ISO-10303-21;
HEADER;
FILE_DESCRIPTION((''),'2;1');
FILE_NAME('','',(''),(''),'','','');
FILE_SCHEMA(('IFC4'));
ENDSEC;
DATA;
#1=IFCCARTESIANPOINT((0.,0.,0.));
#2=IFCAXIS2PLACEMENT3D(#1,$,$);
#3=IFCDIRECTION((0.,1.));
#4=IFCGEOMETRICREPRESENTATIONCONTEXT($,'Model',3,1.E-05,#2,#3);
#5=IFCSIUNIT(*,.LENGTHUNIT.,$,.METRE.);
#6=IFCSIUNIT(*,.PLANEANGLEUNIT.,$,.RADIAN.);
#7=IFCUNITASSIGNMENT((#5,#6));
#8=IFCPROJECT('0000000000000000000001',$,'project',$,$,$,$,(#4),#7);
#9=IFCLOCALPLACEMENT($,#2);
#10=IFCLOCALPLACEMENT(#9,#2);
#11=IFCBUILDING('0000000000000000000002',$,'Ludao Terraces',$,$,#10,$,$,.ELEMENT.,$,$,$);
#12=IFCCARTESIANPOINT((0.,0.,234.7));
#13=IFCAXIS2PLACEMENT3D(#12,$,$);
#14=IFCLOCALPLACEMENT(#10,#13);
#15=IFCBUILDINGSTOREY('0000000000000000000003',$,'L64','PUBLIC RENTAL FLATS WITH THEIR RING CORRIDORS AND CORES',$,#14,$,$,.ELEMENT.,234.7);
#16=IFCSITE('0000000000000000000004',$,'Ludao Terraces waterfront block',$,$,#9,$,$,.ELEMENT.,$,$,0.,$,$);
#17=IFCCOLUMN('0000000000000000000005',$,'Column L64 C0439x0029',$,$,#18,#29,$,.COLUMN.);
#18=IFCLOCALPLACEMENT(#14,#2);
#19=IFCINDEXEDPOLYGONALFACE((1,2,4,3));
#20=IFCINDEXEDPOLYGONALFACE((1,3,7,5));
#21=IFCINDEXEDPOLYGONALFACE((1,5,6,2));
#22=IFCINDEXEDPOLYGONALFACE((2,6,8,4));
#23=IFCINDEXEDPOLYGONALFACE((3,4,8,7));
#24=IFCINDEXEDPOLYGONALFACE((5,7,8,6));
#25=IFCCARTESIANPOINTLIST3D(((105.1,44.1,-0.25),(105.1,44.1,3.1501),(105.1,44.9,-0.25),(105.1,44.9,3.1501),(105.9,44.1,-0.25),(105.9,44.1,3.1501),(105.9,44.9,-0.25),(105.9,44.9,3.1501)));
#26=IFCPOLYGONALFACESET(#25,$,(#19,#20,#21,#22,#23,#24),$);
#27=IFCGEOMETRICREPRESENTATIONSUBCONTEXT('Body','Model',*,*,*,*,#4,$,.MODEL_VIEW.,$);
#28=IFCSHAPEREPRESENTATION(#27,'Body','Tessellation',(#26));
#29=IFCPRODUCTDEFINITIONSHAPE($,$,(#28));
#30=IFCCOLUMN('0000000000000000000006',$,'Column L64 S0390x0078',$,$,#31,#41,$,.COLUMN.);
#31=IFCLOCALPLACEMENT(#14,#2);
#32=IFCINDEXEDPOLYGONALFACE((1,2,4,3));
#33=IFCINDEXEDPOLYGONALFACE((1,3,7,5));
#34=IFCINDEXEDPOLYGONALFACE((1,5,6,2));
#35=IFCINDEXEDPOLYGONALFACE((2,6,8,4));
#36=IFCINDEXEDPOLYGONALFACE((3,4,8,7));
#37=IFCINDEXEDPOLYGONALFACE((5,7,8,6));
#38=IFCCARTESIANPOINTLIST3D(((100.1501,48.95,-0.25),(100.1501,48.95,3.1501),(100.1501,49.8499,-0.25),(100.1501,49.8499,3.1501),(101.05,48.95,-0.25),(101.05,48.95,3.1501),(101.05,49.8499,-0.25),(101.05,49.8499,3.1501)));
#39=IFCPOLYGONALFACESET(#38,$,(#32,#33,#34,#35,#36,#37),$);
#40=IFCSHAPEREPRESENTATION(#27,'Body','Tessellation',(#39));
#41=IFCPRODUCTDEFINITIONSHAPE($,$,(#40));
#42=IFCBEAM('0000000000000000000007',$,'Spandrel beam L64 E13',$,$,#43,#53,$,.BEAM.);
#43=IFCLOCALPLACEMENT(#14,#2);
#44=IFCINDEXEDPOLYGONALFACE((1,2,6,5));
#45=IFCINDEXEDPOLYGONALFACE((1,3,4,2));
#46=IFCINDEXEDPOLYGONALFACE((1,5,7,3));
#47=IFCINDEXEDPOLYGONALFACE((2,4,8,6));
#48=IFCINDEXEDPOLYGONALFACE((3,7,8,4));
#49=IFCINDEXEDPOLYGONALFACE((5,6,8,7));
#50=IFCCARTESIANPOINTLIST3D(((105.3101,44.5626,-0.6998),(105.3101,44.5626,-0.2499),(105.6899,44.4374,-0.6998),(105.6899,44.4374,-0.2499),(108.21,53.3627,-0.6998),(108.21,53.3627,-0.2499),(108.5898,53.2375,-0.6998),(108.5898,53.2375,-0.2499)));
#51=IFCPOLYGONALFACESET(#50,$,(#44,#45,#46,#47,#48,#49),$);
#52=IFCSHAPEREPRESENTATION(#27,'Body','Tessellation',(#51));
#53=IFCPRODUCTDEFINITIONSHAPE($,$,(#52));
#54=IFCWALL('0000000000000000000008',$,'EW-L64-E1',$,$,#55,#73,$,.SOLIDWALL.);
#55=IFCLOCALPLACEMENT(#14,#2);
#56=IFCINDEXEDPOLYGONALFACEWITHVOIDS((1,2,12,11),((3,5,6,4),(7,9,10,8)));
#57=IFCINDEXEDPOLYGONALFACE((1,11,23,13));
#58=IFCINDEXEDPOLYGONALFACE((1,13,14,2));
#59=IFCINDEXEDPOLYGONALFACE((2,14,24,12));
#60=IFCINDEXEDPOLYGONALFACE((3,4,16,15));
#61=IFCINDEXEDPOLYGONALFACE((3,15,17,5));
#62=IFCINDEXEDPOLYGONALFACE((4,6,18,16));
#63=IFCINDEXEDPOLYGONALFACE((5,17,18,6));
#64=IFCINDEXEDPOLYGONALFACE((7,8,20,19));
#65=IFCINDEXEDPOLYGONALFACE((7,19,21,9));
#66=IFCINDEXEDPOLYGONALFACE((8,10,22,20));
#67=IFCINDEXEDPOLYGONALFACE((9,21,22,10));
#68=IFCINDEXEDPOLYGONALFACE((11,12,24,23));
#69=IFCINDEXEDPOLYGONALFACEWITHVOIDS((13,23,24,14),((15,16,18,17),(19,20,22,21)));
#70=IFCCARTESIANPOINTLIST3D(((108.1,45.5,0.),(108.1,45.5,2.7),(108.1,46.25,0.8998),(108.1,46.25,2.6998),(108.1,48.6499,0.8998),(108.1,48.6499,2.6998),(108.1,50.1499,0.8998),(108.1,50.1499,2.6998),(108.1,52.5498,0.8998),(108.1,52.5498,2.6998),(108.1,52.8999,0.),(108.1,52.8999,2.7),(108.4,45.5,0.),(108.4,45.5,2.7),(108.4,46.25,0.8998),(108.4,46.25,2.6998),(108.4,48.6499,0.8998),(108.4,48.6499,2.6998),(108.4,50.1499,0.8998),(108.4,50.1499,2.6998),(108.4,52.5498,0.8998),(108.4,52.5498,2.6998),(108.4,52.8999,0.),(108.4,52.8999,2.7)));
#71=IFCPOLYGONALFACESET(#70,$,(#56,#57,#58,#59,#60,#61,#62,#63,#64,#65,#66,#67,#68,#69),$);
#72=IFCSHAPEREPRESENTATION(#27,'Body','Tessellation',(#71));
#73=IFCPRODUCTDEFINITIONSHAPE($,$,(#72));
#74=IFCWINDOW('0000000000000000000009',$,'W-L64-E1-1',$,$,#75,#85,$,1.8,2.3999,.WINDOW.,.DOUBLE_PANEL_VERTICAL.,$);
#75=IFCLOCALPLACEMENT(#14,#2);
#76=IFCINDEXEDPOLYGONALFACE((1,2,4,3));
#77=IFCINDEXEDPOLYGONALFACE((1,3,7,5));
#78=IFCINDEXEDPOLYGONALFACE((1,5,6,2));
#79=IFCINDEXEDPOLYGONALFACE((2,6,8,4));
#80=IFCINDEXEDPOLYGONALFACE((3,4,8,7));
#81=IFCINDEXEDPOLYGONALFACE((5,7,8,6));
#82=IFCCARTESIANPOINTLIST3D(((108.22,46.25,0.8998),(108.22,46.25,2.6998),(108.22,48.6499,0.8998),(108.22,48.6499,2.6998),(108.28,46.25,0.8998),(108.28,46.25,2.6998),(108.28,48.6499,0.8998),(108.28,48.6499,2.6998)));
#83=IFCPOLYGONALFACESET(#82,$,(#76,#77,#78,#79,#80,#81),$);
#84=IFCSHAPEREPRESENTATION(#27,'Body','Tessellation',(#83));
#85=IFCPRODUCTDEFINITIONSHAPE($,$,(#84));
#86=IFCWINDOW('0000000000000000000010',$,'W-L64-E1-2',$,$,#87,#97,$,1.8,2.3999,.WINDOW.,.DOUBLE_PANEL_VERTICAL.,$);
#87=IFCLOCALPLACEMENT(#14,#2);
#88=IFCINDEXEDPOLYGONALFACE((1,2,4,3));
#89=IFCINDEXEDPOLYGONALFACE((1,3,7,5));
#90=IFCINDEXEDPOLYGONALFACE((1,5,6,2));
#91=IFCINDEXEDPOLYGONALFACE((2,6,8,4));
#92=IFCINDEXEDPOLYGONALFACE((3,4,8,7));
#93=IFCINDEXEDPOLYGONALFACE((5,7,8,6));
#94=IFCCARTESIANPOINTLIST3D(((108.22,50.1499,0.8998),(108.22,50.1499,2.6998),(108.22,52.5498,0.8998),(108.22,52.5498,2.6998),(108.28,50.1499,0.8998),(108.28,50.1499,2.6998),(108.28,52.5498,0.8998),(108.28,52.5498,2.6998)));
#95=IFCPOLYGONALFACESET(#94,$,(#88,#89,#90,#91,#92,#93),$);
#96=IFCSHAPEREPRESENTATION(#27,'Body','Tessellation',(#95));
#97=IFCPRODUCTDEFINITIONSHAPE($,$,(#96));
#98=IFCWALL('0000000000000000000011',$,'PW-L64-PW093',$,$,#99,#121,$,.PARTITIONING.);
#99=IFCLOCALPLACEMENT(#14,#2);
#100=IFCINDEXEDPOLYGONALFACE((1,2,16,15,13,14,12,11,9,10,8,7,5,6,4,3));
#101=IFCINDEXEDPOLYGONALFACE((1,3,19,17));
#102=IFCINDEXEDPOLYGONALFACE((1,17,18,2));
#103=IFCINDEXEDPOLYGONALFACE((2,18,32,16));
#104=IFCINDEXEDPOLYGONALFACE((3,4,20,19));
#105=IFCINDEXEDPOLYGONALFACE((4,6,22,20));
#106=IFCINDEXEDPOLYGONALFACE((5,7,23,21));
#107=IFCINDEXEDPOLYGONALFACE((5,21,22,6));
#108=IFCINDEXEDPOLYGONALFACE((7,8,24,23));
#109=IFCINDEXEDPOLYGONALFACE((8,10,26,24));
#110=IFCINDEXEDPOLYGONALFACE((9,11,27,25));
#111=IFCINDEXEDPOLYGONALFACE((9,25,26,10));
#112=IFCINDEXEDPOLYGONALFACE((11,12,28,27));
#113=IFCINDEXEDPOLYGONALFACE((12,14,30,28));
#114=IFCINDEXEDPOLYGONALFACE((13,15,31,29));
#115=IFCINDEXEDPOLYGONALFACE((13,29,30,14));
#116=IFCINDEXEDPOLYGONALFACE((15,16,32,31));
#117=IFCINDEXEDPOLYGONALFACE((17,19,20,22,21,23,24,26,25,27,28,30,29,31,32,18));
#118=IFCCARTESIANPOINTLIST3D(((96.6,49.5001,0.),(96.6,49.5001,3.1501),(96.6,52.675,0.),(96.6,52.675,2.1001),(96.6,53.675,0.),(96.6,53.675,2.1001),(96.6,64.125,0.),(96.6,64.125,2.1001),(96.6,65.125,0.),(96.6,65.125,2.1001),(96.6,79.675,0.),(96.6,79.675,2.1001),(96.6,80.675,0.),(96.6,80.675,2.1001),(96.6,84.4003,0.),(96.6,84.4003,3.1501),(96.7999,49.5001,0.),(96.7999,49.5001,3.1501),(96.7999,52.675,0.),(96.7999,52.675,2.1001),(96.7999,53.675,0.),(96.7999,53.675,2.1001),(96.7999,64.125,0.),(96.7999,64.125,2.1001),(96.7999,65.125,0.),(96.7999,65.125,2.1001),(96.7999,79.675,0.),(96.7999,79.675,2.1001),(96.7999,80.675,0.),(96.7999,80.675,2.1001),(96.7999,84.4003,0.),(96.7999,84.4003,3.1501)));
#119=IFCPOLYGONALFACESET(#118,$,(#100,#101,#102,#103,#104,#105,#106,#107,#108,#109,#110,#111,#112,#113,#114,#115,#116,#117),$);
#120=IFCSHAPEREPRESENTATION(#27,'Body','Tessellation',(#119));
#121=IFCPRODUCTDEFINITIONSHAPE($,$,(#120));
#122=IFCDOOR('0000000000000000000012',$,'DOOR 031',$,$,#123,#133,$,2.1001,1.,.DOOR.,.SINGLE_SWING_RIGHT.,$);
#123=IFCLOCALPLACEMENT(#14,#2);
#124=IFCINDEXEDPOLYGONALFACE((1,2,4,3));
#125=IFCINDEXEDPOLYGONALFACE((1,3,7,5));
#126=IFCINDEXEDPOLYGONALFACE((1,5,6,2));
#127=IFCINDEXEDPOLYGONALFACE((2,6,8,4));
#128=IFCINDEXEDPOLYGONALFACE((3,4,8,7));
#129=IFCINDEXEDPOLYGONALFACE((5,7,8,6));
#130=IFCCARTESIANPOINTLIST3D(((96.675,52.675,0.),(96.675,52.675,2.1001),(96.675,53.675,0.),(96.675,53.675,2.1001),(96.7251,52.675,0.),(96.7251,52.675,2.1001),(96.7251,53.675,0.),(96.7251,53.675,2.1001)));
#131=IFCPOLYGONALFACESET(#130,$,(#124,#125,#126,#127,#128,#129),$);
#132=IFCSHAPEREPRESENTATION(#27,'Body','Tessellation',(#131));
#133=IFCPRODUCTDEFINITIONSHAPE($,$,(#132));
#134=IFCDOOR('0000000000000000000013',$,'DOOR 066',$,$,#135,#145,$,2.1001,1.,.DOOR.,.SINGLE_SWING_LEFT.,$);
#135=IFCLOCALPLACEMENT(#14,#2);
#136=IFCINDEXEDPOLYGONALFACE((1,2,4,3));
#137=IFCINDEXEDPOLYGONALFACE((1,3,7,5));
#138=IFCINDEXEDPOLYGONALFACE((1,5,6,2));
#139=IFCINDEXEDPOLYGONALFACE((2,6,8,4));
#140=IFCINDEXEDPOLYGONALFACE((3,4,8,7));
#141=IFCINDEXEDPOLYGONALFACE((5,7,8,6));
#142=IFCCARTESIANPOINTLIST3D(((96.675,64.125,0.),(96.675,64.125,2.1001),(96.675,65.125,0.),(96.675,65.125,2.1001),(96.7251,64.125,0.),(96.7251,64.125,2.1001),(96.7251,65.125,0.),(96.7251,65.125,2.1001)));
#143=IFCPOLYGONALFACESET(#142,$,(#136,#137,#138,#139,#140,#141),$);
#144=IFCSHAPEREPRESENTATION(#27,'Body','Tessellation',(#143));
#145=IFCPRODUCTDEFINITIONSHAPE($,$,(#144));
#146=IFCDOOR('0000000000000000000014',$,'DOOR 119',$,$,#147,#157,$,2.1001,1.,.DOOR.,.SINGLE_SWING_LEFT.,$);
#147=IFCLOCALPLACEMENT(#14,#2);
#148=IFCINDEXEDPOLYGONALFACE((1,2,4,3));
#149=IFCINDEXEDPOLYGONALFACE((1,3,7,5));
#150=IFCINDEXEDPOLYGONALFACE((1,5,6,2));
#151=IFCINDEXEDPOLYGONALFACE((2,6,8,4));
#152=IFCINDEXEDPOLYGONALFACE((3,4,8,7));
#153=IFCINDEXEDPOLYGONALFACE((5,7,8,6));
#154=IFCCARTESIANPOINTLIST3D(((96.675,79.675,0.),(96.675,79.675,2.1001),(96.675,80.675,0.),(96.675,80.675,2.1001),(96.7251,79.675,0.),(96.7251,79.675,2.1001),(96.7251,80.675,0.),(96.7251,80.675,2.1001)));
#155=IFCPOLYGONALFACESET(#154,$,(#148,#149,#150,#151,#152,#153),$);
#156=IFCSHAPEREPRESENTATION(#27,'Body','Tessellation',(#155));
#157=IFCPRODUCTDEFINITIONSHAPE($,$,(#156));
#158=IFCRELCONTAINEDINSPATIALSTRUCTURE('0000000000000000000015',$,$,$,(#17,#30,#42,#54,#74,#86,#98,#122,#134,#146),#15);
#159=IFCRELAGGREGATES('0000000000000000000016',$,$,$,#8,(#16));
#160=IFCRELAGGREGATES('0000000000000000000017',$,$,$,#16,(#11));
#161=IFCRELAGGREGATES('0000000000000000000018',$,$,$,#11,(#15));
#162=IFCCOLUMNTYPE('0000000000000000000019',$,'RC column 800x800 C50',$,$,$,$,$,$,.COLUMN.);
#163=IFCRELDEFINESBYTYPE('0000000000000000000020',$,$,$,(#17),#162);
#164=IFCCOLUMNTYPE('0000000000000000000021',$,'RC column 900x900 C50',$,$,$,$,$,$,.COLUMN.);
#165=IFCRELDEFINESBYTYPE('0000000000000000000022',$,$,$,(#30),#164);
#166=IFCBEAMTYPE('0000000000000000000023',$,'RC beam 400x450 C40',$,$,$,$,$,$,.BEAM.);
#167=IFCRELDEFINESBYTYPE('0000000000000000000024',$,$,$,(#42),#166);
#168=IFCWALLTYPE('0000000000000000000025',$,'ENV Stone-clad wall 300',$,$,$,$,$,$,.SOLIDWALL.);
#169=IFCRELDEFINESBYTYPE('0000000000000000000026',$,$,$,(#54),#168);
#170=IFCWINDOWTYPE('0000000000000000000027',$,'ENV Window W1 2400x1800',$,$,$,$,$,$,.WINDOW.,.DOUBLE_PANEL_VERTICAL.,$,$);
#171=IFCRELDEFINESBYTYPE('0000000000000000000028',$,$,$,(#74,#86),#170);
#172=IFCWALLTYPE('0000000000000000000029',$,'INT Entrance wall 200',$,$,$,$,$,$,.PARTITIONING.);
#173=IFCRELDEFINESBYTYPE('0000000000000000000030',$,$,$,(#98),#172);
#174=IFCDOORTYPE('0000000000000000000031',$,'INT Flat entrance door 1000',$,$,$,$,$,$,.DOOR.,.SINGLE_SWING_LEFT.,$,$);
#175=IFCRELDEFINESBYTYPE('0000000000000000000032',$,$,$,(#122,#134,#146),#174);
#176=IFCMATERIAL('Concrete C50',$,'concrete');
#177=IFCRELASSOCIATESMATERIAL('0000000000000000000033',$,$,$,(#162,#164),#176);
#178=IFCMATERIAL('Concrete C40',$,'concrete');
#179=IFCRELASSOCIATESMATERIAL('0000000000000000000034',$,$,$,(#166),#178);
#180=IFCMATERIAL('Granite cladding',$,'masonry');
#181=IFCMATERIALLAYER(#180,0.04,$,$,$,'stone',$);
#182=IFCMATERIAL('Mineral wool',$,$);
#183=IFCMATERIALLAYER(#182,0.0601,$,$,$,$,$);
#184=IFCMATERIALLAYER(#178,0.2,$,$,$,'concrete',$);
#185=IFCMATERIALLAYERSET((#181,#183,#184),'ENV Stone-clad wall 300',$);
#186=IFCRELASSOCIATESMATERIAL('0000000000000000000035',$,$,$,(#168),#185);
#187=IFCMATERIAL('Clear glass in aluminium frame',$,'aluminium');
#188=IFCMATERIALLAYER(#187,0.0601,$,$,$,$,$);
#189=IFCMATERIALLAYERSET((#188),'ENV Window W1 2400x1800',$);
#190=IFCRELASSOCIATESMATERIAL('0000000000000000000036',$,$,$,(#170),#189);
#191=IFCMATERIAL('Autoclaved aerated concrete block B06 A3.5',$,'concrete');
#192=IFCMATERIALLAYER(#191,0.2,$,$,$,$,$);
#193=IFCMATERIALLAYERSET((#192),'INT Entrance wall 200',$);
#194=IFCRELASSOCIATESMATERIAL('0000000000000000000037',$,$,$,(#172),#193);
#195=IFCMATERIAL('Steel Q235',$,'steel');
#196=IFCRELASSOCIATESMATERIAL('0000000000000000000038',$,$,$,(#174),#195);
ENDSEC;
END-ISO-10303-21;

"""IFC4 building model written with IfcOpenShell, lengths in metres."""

from ifc_helpers import new_model, si_unit, direction, frame, frame_2d, origin, origin_2d, place, context, subcontext, project, spatial, rectangle, extrude, material, layer, layer_set, material_profile, profile_set, type_object, element, fill, save


model = new_model("IFC4")

# Units and contexts
model_context = context("Model", 3, precision=1e-05, world=origin(), true_north=direction((0.0, 1.0)))
body_context = subcontext(model_context, "Body", "Model", "MODEL_VIEW")
ifc_project = project(units=[si_unit("LENGTHUNIT", "METRE"), si_unit("PLANEANGLEUNIT", "RADIAN")], contexts=[model_context])

# Site, building, storey
site_placement = place(None, origin())
site = spatial("IfcSite", under=ifc_project, at=site_placement, Name="Ludao Terraces waterfront block", CompositionType="ELEMENT", RefElevation=0.0)
building_placement = place(site_placement, origin())
building = spatial("IfcBuilding", under=site, at=building_placement, Name="Ludao Terraces", CompositionType="ELEMENT")
storey_placement = place(building_placement, frame((0.0, 0.0, 234.7)))
storey = spatial("IfcBuildingStorey", under=building, at=storey_placement, Name="L64", Description="PUBLIC RENTAL FLATS WITH THEIR RING CORRIDORS AND CORES", CompositionType="ELEMENT", Elevation=234.7)

# Columns
ifc_material_1 = material(Name="Concrete C50", Category="concrete")
ifc_material_profile_1 = material_profile(ifc_material_1, rectangle(XDim=0.8, YDim=0.8, at=origin_2d()), Name="800 X 800")
ifc_profile_set_1 = profile_set([ifc_material_profile_1], Name="Concrete C50")
column_type_1 = type_object("IfcColumnType", Name="RC column 800x800 C50", PredefinedType="COLUMN", material=ifc_profile_set_1)
column_1_placement = place(storey_placement, frame((105.5, 44.5, -0.25), z_axis=(0.0, 0.0, 1.0), x_axis=(1.0, 0.0, 0.0)))
element("IfcColumn", 1, at=column_1_placement, inside=storey, type_object=column_type_1, Name="Column L64 C0439x0029", PredefinedType="COLUMN", context=body_context, shape_type="SweptSolid", body=[
    extrude(rectangle(XDim=0.8, YDim=0.8, at=origin_2d()), origin(), (0.0, 0.0, 1.0), 3.4001),
])
ifc_material_profile_2 = material_profile(ifc_material_1, rectangle(XDim=0.8999, YDim=0.8999, at=origin_2d()), Name="900 X 900")
ifc_profile_set_2 = profile_set([ifc_material_profile_2], Name="Concrete C50")
column_type_2 = type_object("IfcColumnType", Name="RC column 900x900 C50", PredefinedType="COLUMN", material=ifc_profile_set_2)
column_2_placement = place(storey_placement, frame((100.6001, 49.3999, -0.25), z_axis=(0.0, 0.0, 1.0), x_axis=(1.0, 0.0, 0.0)))
element("IfcColumn", 2, at=column_2_placement, inside=storey, type_object=column_type_2, Name="Column L64 S0390x0078", PredefinedType="COLUMN", context=body_context, shape_type="SweptSolid", body=[
    extrude(rectangle(XDim=0.8999, YDim=0.8999, at=origin_2d()), origin(), (0.0, 0.0, 1.0), 3.4001),
])

# Beam
ifc_material_2 = material(Name="Concrete C40", Category="concrete")
ifc_material_profile_3 = material_profile(ifc_material_2, rectangle(XDim=0.3999, YDim=0.45, at=origin_2d()), Name="400 X 450")
ifc_profile_set_3 = profile_set([ifc_material_profile_3], Name="Concrete C40")
beam_type = type_object("IfcBeamType", Name="RC beam 400x450 C40", PredefinedType="BEAM", material=ifc_profile_set_3)
beam_placement = place(storey_placement, frame((105.5, 44.5, -0.4749), z_axis=(0.312977, 0.949761, 0.0), x_axis=(-0.949761, 0.312977, 0.0)))
element("IfcBeam", 3, at=beam_placement, inside=storey, type_object=beam_type, Name="Spandrel beam L64 E13", PredefinedType="BEAM", context=body_context, shape_type="SweptSolid", body=[
    extrude(rectangle(XDim=0.3999, YDim=0.45, at=origin_2d()), origin(), (0.0, 0.0, 1.0), 9.2656),
])

# Wall, openings, windows
ifc_material_3 = material(Name="Granite cladding", Category="masonry")
ifc_layer_1 = layer(ifc_material_3, 0.04, Category="stone")
ifc_material_4 = material(Name="Mineral wool")
ifc_layer_2 = layer(ifc_material_4, 0.0601)
ifc_layer_3 = layer(ifc_material_2, 0.2, Category="concrete")
ifc_layer_set_1 = layer_set([ifc_layer_1, ifc_layer_2, ifc_layer_3], Name="ENV Stone-clad wall 300")
wall_type_1 = type_object("IfcWallType", Name="ENV Stone-clad wall 300", PredefinedType="SOLIDWALL", material=ifc_layer_set_1)
wall_1_placement = place(storey_placement, frame((108.25, 45.5, 0.0), z_axis=(0.0, 0.0, 1.0), x_axis=(0.0, 1.0, 0.0)))
wall_1 = element("IfcWall", 4, at=wall_1_placement, inside=storey, type_object=wall_type_1, Name="EW-L64-E1", PredefinedType="SOLIDWALL", context=body_context, shape_type="SweptSolid", body=[
    extrude(rectangle(XDim=7.3999, YDim=0.3, at=frame_2d((3.7, 0.0))), origin(), (0.0, 0.0, 1.0), 2.7),
])
opening_1_placement = place(wall_1_placement, frame((0.75, 0.0, 0.8999)))
opening_1 = element("IfcOpeningElement", 5, at=opening_1_placement, cuts=wall_1, PredefinedType="OPENING", context=body_context, shape_type="SweptSolid", body=[
    extrude(rectangle(XDim=2.3999, YDim=1.8, at=frame_2d((1.2, 0.8999))), frame((0.0, 0.1602, 0.0), z_axis=(0.0, -1.0, 0.0), x_axis=(1.0, 0.0, 0.0)), (0.0, 0.0, 1.0), 0.3201),
])
opening_2_placement = place(wall_1_placement, frame((4.6499, 0.0, 0.8999)))
opening_2 = element("IfcOpeningElement", 6, at=opening_2_placement, cuts=wall_1, PredefinedType="OPENING", context=body_context, shape_type="SweptSolid", body=[
    extrude(rectangle(XDim=2.3999, YDim=1.8, at=frame_2d((1.2, 0.8999))), frame((0.0, 0.1602, 0.0), z_axis=(0.0, -1.0, 0.0), x_axis=(1.0, 0.0, 0.0)), (0.0, 0.0, 1.0), 0.3201),
])
ifc_material_5 = material(Name="Clear glass in aluminium frame", Category="aluminium")
ifc_layer_4 = layer(ifc_material_5, 0.0601)
ifc_layer_set_2 = layer_set([ifc_layer_4], Name="ENV Window W1 2400x1800")
window_type = type_object("IfcWindowType", Name="ENV Window W1 2400x1800", PartitioningType="DOUBLE_PANEL_VERTICAL", PredefinedType="WINDOW", material=ifc_layer_set_2)
window_1_placement = place(opening_1_placement, origin())
window_1 = element("IfcWindow", 7, at=window_1_placement, inside=storey, type_object=window_type, Name="W-L64-E1-1", OverallHeight=1.8, OverallWidth=2.3999, PartitioningType="DOUBLE_PANEL_VERTICAL", PredefinedType="WINDOW", context=body_context, shape_type="SweptSolid", body=[
    extrude(rectangle(XDim=2.3999, YDim=1.8, at=frame_2d((1.2, 0.8999))), frame((0.0, 0.03, 0.0), z_axis=(0.0, -1.0, 0.0), x_axis=(1.0, 0.0, 0.0)), (0.0, 0.0, 1.0), 0.0601),
])
fill(opening_1, window_1)
window_2_placement = place(opening_2_placement, origin())
window_2 = element("IfcWindow", 8, at=window_2_placement, inside=storey, type_object=window_type, Name="W-L64-E1-2", OverallHeight=1.8, OverallWidth=2.3999, PartitioningType="DOUBLE_PANEL_VERTICAL", PredefinedType="WINDOW", context=body_context, shape_type="SweptSolid", body=[
    extrude(rectangle(XDim=2.3999, YDim=1.8, at=frame_2d((1.2, 0.8999))), frame((0.0, 0.03, 0.0), z_axis=(0.0, -1.0, 0.0), x_axis=(1.0, 0.0, 0.0)), (0.0, 0.0, 1.0), 0.0601),
])
fill(opening_2, window_2)

# Wall, openings, doors
ifc_material_6 = material(Name="Autoclaved aerated concrete block B06 A3.5", Category="concrete")
ifc_layer_5 = layer(ifc_material_6, 0.2)
ifc_layer_set_3 = layer_set([ifc_layer_5], Name="INT Entrance wall 200")
wall_type_2 = type_object("IfcWallType", Name="INT Entrance wall 200", PredefinedType="PARTITIONING", material=ifc_layer_set_3)
wall_2_placement = place(storey_placement, frame((96.7, 49.5, 0.0), z_axis=(0.0, 0.0, 1.0), x_axis=(0.0, 1.0, 0.0)))
wall_2 = element("IfcWall", 9, at=wall_2_placement, inside=storey, type_object=wall_type_2, Name="PW-L64-PW093", PredefinedType="PARTITIONING", context=body_context, shape_type="SweptSolid", body=[
    extrude(rectangle(XDim=34.9001, YDim=0.2, at=frame_2d((17.4502, 0.0))), origin(), (0.0, 0.0, 1.0), 3.1501),
])
opening_3_placement = place(wall_2_placement, frame((3.175, 0.0, 0.0)))
opening_3 = element("IfcOpeningElement", 10, at=opening_3_placement, cuts=wall_2, PredefinedType="OPENING", context=body_context, shape_type="SweptSolid", body=[
    extrude(rectangle(XDim=1.0, YDim=2.1001, at=frame_2d((0.5, 1.05))), frame((0.0, 0.1099, 0.0), z_axis=(0.0, -1.0, 0.0), x_axis=(1.0, 0.0, 0.0)), (0.0, 0.0, 1.0), 0.22),
])
opening_4_placement = place(wall_2_placement, frame((14.625, 0.0, 0.0)))
opening_4 = element("IfcOpeningElement", 11, at=opening_4_placement, cuts=wall_2, PredefinedType="OPENING", context=body_context, shape_type="SweptSolid", body=[
    extrude(rectangle(XDim=1.0, YDim=2.1001, at=frame_2d((0.5, 1.05))), frame((0.0, 0.1099, 0.0), z_axis=(0.0, -1.0, 0.0), x_axis=(1.0, 0.0, 0.0)), (0.0, 0.0, 1.0), 0.22),
])
opening_5_placement = place(wall_2_placement, frame((30.175, 0.0, 0.0)))
opening_5 = element("IfcOpeningElement", 12, at=opening_5_placement, cuts=wall_2, PredefinedType="OPENING", context=body_context, shape_type="SweptSolid", body=[
    extrude(rectangle(XDim=1.0, YDim=2.1001, at=frame_2d((0.5, 1.05))), frame((0.0, 0.1099, 0.0), z_axis=(0.0, -1.0, 0.0), x_axis=(1.0, 0.0, 0.0)), (0.0, 0.0, 1.0), 0.22),
])
ifc_material_7 = material(Name="Steel Q235", Category="steel")
door_type_1 = type_object("IfcDoorType", Name="INT Flat entrance door 1000", OperationType="SINGLE_SWING_LEFT", PredefinedType="DOOR", material=ifc_material_7)
door_1_placement = place(opening_3_placement, origin())
door_1 = element("IfcDoor", 13, at=door_1_placement, inside=storey, type_object=door_type_1, Name="DOOR 031", OperationType="SINGLE_SWING_RIGHT", OverallHeight=2.1001, OverallWidth=1.0, PredefinedType="DOOR", context=body_context, shape_type="SweptSolid", body=[
    extrude(rectangle(XDim=1.0, YDim=2.1001, at=frame_2d((0.5, 1.05))), frame((0.0, 0.0249, 0.0), z_axis=(0.0, -1.0, 0.0), x_axis=(1.0, 0.0, 0.0)), (0.0, 0.0, 1.0), 0.05),
])
fill(opening_3, door_1)
door_2_placement = place(opening_4_placement, origin())
door_2 = element("IfcDoor", 14, at=door_2_placement, inside=storey, type_object=door_type_1, Name="DOOR 066", OperationType="SINGLE_SWING_LEFT", OverallHeight=2.1001, OverallWidth=1.0, PredefinedType="DOOR", context=body_context, shape_type="SweptSolid", body=[
    extrude(rectangle(XDim=1.0, YDim=2.1001, at=frame_2d((0.5, 1.05))), frame((0.0, 0.0249, 0.0), z_axis=(0.0, -1.0, 0.0), x_axis=(1.0, 0.0, 0.0)), (0.0, 0.0, 1.0), 0.05),
])
fill(opening_4, door_2)
door_3_placement = place(opening_5_placement, origin())
door_3 = element("IfcDoor", 15, at=door_3_placement, inside=storey, type_object=door_type_1, Name="DOOR 119", OperationType="SINGLE_SWING_LEFT", OverallHeight=2.1001, OverallWidth=1.0, PredefinedType="DOOR", context=body_context, shape_type="SweptSolid", body=[
    extrude(rectangle(XDim=1.0, YDim=2.1001, at=frame_2d((0.5, 1.05))), frame((0.0, 0.0249, 0.0), z_axis=(0.0, -1.0, 0.0), x_axis=(1.0, 0.0, 0.0)), (0.0, 0.0, 1.0), 0.05),
])
fill(opening_5, door_3)

save(model, "model.ifc")
